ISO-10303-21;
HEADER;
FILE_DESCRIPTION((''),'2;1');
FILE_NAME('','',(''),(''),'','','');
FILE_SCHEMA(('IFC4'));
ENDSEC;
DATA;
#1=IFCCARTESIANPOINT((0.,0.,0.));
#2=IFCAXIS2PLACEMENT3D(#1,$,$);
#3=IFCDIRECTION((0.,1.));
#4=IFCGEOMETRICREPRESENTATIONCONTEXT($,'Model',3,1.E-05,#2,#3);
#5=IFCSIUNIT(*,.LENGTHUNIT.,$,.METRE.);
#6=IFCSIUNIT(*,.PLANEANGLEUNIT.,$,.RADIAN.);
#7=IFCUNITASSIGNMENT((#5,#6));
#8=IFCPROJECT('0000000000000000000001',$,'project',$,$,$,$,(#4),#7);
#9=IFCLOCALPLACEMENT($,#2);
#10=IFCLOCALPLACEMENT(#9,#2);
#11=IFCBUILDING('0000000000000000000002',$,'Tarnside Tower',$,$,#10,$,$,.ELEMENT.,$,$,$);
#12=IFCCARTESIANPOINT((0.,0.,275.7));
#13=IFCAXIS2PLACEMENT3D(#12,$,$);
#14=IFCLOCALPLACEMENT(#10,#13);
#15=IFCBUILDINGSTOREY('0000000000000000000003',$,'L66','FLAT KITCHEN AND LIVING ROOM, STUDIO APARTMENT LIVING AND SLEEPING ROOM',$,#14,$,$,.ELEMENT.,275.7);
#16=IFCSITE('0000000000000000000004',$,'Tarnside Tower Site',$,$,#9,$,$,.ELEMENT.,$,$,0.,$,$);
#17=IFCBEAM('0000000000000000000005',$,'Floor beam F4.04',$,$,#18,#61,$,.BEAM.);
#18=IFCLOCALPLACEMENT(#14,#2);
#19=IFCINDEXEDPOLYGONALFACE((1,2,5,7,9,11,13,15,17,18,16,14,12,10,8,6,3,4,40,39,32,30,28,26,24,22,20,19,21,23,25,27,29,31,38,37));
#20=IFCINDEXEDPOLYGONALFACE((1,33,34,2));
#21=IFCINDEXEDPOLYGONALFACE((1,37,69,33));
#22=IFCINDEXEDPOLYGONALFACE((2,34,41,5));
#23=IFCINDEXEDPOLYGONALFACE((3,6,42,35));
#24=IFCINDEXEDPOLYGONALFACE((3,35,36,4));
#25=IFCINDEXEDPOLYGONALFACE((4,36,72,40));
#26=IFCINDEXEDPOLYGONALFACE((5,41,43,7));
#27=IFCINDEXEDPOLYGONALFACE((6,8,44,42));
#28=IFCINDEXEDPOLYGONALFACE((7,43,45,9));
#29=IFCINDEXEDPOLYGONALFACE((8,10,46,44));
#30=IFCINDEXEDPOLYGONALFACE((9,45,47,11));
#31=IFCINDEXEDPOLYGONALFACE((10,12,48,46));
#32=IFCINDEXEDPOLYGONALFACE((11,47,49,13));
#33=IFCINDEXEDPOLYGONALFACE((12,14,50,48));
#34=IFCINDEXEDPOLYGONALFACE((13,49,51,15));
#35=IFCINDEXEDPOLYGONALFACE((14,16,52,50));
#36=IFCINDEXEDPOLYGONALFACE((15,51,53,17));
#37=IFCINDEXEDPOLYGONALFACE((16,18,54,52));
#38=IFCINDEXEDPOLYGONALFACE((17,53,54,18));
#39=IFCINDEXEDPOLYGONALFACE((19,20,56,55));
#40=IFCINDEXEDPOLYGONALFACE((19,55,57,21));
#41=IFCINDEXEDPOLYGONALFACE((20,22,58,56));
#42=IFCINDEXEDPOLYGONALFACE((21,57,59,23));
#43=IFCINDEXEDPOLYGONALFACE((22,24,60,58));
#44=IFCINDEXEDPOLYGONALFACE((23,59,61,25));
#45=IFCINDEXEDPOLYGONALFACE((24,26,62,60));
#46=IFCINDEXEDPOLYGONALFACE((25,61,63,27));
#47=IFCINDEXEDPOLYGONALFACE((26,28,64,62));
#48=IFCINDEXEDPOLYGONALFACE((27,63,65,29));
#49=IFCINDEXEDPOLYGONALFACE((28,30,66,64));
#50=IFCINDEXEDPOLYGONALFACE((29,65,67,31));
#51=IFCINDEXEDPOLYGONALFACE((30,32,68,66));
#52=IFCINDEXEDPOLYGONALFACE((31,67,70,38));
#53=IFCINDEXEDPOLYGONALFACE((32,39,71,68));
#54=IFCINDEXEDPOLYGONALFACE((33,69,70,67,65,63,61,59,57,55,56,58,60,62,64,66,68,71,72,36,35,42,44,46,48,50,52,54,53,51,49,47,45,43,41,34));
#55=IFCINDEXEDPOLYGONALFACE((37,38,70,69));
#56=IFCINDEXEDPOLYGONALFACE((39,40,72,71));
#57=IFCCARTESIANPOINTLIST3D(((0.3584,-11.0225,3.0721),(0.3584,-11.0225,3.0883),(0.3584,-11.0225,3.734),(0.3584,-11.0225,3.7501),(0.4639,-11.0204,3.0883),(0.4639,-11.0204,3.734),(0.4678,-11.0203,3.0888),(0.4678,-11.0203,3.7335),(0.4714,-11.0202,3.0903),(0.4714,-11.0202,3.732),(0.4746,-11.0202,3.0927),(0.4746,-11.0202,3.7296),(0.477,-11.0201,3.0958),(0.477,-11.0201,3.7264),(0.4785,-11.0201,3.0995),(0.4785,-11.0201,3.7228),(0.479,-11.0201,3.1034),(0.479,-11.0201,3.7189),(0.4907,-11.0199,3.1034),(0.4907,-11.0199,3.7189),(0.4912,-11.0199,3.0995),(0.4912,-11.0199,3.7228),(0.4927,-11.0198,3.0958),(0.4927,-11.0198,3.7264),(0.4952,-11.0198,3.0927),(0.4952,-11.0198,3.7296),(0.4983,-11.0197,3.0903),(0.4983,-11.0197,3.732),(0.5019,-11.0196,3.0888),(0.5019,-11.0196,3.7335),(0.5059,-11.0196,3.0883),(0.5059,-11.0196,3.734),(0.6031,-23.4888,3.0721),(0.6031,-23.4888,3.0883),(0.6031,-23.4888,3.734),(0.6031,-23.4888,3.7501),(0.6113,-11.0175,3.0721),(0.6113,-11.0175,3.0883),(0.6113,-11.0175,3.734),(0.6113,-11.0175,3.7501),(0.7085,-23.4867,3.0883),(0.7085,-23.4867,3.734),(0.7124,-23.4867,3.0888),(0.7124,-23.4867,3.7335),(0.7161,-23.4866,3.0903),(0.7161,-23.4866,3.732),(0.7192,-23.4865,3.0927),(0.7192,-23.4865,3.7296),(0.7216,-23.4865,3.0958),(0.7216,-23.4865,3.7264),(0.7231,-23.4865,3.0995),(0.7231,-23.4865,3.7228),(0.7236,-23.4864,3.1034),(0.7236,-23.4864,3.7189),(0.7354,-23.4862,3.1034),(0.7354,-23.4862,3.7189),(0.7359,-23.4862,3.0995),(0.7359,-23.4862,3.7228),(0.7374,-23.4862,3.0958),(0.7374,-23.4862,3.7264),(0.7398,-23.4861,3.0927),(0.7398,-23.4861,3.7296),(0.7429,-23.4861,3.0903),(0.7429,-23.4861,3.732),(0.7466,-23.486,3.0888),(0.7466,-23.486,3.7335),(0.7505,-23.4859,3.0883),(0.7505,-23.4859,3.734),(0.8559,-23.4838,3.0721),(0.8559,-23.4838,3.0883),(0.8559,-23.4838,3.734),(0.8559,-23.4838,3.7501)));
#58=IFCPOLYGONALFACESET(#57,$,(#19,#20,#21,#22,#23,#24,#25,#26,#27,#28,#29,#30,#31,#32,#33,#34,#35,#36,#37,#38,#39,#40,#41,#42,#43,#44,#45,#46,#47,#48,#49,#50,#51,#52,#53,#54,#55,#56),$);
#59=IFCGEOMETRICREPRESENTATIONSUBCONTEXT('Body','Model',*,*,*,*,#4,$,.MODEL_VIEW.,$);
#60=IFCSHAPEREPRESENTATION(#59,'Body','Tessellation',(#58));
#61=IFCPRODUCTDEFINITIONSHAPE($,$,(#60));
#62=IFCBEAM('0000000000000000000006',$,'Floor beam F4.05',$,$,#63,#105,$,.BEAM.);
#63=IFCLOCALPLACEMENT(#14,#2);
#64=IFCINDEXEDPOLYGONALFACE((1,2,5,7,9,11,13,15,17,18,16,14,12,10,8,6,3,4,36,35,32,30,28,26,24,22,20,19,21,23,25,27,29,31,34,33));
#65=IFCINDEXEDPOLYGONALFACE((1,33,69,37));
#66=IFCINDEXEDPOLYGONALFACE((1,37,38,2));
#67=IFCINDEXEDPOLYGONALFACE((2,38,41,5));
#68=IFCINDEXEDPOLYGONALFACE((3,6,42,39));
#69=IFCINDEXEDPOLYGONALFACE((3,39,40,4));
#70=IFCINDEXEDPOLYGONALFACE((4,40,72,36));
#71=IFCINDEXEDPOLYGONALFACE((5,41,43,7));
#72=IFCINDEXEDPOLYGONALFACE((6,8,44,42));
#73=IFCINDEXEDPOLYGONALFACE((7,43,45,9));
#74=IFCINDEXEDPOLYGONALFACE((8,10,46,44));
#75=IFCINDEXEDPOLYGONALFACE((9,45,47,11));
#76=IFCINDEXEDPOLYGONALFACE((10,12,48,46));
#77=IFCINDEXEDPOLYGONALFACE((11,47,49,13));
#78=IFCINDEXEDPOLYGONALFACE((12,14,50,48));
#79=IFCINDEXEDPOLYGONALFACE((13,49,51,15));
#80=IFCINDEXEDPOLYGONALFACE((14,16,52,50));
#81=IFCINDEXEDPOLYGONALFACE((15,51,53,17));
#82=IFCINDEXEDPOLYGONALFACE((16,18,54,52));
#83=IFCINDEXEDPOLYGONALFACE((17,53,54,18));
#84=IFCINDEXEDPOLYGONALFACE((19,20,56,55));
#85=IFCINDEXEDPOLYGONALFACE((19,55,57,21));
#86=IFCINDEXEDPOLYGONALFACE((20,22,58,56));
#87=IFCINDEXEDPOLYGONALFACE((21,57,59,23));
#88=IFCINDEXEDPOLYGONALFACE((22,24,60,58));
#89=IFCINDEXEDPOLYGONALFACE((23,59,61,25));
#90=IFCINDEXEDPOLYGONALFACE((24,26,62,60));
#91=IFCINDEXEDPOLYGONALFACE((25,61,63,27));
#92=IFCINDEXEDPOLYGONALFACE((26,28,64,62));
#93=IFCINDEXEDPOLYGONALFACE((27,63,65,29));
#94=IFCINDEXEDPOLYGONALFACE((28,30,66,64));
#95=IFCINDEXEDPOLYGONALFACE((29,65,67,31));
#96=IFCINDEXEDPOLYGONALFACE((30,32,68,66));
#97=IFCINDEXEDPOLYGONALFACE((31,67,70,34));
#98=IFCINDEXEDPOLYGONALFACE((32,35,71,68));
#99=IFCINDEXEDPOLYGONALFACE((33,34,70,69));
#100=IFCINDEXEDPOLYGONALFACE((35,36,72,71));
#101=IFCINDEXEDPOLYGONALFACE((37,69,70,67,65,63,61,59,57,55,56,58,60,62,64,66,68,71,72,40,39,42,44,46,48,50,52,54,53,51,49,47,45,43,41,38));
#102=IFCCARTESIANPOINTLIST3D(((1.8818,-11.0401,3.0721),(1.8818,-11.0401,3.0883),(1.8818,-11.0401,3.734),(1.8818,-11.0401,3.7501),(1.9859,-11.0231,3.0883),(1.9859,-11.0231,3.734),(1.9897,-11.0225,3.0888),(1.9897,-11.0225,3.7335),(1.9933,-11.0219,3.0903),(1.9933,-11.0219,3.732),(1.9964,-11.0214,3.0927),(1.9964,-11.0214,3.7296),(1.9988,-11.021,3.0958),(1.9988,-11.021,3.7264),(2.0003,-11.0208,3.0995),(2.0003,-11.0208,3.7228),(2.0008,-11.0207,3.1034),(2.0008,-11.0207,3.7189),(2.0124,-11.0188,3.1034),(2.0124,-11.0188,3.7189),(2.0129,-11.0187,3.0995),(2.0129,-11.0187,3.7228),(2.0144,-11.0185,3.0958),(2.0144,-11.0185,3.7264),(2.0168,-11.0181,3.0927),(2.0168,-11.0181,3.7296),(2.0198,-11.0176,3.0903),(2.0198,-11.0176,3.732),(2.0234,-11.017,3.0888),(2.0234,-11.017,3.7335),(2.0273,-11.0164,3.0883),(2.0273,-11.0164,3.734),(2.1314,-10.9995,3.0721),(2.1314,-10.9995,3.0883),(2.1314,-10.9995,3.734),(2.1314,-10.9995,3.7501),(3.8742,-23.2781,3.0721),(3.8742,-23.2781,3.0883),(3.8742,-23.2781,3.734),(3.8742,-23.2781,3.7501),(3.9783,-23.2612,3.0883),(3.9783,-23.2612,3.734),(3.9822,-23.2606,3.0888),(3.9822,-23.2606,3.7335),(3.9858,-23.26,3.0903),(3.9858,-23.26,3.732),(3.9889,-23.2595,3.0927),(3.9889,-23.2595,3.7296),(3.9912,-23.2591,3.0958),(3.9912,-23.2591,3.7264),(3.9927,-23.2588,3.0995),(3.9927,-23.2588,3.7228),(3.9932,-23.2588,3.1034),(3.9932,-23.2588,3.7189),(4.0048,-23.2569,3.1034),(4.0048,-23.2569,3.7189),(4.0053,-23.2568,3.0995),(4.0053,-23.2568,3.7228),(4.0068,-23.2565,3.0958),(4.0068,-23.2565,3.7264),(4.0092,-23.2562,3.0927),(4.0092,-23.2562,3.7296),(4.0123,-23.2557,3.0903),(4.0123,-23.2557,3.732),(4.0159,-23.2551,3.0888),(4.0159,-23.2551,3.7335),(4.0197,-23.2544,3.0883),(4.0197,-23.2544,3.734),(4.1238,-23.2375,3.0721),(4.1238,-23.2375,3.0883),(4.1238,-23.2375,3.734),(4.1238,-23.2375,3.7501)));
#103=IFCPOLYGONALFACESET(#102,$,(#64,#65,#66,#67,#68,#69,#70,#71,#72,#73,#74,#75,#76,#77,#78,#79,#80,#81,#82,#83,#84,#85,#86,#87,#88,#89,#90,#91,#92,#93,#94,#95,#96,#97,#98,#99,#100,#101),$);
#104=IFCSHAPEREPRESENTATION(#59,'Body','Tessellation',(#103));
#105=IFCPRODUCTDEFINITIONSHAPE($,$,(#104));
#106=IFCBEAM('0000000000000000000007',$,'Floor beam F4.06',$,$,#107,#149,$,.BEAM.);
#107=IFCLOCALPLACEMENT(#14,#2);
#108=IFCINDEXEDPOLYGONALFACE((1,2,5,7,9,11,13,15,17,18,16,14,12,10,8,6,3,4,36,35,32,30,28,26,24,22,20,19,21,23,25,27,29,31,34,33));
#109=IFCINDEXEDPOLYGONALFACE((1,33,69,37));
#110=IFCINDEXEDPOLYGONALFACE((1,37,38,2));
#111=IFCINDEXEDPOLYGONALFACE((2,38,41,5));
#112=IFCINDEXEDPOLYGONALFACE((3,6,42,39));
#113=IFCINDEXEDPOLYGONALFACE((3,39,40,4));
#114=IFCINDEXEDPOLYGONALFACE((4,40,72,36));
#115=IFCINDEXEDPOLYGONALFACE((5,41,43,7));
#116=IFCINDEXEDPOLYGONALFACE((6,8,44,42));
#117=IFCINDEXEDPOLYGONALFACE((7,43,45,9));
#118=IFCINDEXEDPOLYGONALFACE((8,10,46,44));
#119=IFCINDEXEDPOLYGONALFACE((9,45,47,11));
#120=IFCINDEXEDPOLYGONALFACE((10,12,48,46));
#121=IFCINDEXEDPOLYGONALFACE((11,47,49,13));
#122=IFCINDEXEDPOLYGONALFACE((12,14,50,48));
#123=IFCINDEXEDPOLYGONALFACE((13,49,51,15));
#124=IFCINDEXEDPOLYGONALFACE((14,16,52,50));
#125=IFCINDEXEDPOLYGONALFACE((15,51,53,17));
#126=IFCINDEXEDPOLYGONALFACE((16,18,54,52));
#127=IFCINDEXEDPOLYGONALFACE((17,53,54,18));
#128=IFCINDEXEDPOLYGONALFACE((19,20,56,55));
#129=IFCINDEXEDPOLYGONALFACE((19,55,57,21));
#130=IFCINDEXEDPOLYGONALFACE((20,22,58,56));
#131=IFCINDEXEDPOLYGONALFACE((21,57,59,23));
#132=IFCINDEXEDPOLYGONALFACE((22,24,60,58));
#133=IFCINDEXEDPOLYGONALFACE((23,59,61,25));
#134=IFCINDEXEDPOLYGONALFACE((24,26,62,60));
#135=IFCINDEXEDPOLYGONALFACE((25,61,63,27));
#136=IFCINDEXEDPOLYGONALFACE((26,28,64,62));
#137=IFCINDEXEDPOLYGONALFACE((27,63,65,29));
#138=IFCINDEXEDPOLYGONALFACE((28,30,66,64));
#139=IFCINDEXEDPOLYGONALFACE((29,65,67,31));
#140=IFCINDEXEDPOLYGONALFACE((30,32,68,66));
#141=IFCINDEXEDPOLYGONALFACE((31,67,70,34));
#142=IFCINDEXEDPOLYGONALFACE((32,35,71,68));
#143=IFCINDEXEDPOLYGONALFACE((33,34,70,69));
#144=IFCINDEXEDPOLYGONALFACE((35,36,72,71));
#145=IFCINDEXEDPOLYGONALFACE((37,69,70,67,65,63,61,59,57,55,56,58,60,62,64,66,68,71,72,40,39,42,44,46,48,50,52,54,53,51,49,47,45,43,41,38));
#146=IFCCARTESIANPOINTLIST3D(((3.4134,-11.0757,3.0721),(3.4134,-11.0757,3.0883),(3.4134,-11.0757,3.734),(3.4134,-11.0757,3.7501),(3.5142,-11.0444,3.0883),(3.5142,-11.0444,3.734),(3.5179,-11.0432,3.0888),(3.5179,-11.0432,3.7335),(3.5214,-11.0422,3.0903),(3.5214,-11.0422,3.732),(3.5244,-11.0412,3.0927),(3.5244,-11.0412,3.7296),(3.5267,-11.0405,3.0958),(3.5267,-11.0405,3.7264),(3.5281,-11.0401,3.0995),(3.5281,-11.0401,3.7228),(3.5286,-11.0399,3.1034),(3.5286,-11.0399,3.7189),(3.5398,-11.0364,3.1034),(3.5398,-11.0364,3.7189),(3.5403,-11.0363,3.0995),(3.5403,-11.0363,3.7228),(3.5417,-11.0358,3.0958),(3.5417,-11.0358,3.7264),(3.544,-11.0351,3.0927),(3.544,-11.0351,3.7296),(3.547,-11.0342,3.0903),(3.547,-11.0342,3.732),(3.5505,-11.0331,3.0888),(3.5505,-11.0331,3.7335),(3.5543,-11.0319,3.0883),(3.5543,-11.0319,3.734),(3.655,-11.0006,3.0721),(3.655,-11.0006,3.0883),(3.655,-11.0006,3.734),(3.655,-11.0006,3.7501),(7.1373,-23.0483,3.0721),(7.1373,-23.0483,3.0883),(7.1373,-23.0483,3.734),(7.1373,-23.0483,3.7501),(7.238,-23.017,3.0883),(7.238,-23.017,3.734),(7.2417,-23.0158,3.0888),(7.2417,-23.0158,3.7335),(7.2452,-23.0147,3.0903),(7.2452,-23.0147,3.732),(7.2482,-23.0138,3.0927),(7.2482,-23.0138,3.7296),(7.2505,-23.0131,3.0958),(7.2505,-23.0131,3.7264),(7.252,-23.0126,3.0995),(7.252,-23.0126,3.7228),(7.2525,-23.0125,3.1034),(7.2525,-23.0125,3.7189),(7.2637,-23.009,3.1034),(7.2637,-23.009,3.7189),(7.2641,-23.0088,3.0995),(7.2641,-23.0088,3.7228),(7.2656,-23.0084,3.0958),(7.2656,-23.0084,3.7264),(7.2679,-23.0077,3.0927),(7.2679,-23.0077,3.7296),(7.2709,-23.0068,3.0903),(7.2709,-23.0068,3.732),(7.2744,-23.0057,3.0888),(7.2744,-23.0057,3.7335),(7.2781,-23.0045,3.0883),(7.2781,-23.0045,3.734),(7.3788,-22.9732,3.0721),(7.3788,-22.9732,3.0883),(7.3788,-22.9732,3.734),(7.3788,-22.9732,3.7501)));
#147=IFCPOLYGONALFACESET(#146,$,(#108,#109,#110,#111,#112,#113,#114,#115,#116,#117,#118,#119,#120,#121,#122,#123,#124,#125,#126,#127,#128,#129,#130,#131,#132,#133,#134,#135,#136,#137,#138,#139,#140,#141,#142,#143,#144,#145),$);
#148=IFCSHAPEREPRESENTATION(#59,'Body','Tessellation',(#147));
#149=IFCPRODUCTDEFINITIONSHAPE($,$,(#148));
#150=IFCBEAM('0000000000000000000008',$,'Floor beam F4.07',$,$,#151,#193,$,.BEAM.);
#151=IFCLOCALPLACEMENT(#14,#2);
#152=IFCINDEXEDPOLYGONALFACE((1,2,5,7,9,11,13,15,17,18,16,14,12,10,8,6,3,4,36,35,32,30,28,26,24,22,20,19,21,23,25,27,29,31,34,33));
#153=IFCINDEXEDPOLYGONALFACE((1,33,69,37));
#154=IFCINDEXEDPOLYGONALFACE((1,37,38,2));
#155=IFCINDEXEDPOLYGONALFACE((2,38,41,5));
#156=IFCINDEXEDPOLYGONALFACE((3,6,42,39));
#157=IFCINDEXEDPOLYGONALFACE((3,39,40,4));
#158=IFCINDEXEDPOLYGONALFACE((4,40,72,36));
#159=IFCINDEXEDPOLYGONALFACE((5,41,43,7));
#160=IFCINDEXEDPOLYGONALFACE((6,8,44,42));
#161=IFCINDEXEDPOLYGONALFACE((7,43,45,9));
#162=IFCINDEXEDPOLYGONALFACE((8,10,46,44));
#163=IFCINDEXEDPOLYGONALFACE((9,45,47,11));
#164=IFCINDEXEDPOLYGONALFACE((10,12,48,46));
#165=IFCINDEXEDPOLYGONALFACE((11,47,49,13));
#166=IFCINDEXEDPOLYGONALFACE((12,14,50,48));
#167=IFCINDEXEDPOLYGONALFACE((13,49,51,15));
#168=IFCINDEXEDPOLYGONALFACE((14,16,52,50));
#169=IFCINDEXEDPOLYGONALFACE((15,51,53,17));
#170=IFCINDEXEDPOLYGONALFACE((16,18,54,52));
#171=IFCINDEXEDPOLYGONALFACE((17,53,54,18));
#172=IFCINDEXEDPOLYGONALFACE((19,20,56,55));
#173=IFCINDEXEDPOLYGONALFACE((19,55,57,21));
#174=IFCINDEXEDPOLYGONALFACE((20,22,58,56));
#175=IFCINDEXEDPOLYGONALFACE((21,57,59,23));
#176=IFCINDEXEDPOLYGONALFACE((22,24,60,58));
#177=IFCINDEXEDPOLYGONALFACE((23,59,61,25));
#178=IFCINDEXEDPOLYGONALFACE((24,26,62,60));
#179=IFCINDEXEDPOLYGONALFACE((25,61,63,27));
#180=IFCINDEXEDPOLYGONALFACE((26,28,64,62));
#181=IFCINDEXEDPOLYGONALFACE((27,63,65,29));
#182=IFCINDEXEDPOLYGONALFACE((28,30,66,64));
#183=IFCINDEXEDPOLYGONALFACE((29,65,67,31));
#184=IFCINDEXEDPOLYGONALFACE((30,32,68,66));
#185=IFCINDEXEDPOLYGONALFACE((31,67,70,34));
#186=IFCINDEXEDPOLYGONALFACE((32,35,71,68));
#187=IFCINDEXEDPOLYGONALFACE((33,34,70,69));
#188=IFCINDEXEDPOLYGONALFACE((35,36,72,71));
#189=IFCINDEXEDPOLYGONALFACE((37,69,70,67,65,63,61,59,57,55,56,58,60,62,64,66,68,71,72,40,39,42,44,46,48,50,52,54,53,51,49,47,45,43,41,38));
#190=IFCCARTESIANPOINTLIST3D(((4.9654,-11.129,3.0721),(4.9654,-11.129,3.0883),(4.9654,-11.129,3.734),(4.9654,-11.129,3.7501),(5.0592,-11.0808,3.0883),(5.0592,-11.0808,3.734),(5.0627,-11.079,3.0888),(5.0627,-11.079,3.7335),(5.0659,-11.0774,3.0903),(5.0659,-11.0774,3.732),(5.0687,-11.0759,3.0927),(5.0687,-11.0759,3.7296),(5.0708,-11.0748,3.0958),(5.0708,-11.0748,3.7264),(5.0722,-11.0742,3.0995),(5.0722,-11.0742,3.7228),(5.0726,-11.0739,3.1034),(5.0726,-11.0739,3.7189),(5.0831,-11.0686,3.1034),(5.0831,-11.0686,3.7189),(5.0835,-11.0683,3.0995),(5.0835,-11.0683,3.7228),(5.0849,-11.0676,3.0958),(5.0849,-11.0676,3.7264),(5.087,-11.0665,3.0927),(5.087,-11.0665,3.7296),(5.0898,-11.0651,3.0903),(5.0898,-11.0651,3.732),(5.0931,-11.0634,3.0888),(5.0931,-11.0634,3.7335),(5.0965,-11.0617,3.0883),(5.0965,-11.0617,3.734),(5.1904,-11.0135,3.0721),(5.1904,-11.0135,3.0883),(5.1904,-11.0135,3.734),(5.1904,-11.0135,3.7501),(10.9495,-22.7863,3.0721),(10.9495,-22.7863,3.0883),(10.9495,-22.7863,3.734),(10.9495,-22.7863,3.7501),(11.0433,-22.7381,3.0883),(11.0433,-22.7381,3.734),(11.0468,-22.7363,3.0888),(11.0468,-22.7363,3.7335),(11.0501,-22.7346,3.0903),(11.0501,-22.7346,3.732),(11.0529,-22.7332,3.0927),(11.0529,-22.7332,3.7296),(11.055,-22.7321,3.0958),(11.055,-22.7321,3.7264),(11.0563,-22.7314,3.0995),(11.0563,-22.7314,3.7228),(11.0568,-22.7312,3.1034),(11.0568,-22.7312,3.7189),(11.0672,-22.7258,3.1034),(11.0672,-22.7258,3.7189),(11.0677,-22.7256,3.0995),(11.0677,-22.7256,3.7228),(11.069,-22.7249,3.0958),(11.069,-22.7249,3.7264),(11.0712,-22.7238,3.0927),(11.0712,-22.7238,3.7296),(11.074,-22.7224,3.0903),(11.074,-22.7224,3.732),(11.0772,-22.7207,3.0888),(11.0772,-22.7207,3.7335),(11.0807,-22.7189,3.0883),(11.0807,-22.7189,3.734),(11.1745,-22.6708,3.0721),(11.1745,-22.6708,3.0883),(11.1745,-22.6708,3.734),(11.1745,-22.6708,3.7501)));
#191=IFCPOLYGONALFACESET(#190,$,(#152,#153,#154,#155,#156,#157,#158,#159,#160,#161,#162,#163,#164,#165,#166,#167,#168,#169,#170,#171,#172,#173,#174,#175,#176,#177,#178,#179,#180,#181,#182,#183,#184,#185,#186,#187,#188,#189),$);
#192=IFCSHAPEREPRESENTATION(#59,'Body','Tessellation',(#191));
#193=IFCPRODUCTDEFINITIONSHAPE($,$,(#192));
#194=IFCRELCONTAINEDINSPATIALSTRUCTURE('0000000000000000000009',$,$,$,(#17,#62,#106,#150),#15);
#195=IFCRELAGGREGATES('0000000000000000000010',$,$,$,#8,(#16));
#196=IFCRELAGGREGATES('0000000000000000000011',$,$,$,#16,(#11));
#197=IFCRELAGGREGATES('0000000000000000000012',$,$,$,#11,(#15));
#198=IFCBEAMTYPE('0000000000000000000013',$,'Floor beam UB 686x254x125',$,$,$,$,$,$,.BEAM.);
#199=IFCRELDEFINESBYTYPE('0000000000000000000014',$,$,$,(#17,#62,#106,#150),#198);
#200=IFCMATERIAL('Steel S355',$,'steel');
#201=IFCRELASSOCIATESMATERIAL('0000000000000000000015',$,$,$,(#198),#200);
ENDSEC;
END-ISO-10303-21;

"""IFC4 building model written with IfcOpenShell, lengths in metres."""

from ifc_helpers import new_model, si_unit, direction, frame, origin, origin_2d, place, context, subcontext, project, spatial, i_section, extrude, material, material_profile, profile_set, type_object, element, save


model = new_model("IFC4")

# Units and contexts
model_context = context("Model", 3, precision=1e-05, world=origin(), true_north=direction((0.0, 1.0)))
body_context = subcontext(model_context, "Body", "Model", "MODEL_VIEW")
ifc_project = project(units=[si_unit("LENGTHUNIT", "METRE"), si_unit("PLANEANGLEUNIT", "RADIAN")], contexts=[model_context])

# Site, building, storey
site_placement = place(None, origin())
site = spatial("IfcSite", under=ifc_project, at=site_placement, Name="Tarnside Tower Site", CompositionType="ELEMENT", RefElevation=0.0)
building_placement = place(site_placement, origin())
building = spatial("IfcBuilding", under=site, at=building_placement, Name="Tarnside Tower", CompositionType="ELEMENT")
storey_placement = place(building_placement, frame((0.0, 0.0, 275.7)))
storey = spatial("IfcBuildingStorey", under=building, at=storey_placement, Name="L66", Description="FLAT KITCHEN AND LIVING ROOM, STUDIO APARTMENT LIVING AND SLEEPING ROOM", CompositionType="ELEMENT", Elevation=275.7)

# Beams
ifc_material_1 = material(Name="Steel S355", Category="steel")
ifc_material_profile = material_profile(ifc_material_1, i_section(OverallWidth=0.2529, OverallDepth=0.678, WebThickness=0.0117, FlangeThickness=0.0161, FilletRadius=0.0151, at=origin_2d()), Name="UB 686x254x125")
ifc_profile_set = profile_set([ifc_material_profile], Name="Steel S355")
beam_type = type_object("IfcBeamType", Name="Floor beam UB 686x254x125", PredefinedType="BEAM", material=ifc_profile_set)
beam_1_placement = place(storey_placement, frame((0.7295, -23.4863, 3.4111), z_axis=(-0.019619, 0.999808, 0.0), x_axis=(-0.999808, -0.019619, 0.0)))
element("IfcBeam", 1, at=beam_1_placement, inside=storey, type_object=beam_type, Name="Floor beam F4.04", PredefinedType="BEAM", context=body_context, shape_type="SweptSolid", body=[
    extrude(i_section(OverallWidth=0.2529, OverallDepth=0.678, WebThickness=0.0117, FlangeThickness=0.0161, FilletRadius=0.0151, at=origin_2d()), origin(), (0.0, 0.0, 1.0), 12.4688),
])
beam_2_placement = place(storey_placement, frame((3.999, -23.2578, 3.4111), z_axis=(-0.160691, 0.987005, 0.0), x_axis=(-0.987005, -0.160691, 0.0)))
element("IfcBeam", 2, at=beam_2_placement, inside=storey, type_object=beam_type, Name="Floor beam F4.05", PredefinedType="BEAM", context=body_context, shape_type="SweptSolid", body=[
    extrude(i_section(OverallWidth=0.2529, OverallDepth=0.678, WebThickness=0.0117, FlangeThickness=0.0161, FilletRadius=0.0151, at=origin_2d()), origin(), (0.0, 0.0, 1.0), 12.3992),
])
beam_3_placement = place(storey_placement, frame((7.2581, -23.0107, 3.4111), z_axis=(-0.296998, 0.954878, 0.0), x_axis=(-0.954878, -0.296998, 0.0)))
element("IfcBeam", 3, at=beam_3_placement, inside=storey, type_object=beam_type, Name="Floor beam F4.06", PredefinedType="BEAM", context=body_context, shape_type="SweptSolid", body=[
    extrude(i_section(OverallWidth=0.2529, OverallDepth=0.678, WebThickness=0.0117, FlangeThickness=0.0161, FilletRadius=0.0151, at=origin_2d()), origin(), (0.0, 0.0, 1.0), 12.5383),
])
beam_4_placement = place(storey_placement, frame((11.062, -22.7285, 3.4111), z_axis=(-0.456683, 0.889629, 0.0), x_axis=(-0.889629, -0.456683, 0.0)))
element("IfcBeam", 4, at=beam_4_placement, inside=storey, type_object=beam_type, Name="Floor beam F4.07", PredefinedType="BEAM", context=body_context, shape_type="SweptSolid", body=[
    extrude(i_section(OverallWidth=0.2529, OverallDepth=0.678, WebThickness=0.0117, FlangeThickness=0.0161, FilletRadius=0.0151, at=origin_2d()), origin(), (0.0, 0.0, 1.0), 13.1035),
])

save(model, "model.ifc")
